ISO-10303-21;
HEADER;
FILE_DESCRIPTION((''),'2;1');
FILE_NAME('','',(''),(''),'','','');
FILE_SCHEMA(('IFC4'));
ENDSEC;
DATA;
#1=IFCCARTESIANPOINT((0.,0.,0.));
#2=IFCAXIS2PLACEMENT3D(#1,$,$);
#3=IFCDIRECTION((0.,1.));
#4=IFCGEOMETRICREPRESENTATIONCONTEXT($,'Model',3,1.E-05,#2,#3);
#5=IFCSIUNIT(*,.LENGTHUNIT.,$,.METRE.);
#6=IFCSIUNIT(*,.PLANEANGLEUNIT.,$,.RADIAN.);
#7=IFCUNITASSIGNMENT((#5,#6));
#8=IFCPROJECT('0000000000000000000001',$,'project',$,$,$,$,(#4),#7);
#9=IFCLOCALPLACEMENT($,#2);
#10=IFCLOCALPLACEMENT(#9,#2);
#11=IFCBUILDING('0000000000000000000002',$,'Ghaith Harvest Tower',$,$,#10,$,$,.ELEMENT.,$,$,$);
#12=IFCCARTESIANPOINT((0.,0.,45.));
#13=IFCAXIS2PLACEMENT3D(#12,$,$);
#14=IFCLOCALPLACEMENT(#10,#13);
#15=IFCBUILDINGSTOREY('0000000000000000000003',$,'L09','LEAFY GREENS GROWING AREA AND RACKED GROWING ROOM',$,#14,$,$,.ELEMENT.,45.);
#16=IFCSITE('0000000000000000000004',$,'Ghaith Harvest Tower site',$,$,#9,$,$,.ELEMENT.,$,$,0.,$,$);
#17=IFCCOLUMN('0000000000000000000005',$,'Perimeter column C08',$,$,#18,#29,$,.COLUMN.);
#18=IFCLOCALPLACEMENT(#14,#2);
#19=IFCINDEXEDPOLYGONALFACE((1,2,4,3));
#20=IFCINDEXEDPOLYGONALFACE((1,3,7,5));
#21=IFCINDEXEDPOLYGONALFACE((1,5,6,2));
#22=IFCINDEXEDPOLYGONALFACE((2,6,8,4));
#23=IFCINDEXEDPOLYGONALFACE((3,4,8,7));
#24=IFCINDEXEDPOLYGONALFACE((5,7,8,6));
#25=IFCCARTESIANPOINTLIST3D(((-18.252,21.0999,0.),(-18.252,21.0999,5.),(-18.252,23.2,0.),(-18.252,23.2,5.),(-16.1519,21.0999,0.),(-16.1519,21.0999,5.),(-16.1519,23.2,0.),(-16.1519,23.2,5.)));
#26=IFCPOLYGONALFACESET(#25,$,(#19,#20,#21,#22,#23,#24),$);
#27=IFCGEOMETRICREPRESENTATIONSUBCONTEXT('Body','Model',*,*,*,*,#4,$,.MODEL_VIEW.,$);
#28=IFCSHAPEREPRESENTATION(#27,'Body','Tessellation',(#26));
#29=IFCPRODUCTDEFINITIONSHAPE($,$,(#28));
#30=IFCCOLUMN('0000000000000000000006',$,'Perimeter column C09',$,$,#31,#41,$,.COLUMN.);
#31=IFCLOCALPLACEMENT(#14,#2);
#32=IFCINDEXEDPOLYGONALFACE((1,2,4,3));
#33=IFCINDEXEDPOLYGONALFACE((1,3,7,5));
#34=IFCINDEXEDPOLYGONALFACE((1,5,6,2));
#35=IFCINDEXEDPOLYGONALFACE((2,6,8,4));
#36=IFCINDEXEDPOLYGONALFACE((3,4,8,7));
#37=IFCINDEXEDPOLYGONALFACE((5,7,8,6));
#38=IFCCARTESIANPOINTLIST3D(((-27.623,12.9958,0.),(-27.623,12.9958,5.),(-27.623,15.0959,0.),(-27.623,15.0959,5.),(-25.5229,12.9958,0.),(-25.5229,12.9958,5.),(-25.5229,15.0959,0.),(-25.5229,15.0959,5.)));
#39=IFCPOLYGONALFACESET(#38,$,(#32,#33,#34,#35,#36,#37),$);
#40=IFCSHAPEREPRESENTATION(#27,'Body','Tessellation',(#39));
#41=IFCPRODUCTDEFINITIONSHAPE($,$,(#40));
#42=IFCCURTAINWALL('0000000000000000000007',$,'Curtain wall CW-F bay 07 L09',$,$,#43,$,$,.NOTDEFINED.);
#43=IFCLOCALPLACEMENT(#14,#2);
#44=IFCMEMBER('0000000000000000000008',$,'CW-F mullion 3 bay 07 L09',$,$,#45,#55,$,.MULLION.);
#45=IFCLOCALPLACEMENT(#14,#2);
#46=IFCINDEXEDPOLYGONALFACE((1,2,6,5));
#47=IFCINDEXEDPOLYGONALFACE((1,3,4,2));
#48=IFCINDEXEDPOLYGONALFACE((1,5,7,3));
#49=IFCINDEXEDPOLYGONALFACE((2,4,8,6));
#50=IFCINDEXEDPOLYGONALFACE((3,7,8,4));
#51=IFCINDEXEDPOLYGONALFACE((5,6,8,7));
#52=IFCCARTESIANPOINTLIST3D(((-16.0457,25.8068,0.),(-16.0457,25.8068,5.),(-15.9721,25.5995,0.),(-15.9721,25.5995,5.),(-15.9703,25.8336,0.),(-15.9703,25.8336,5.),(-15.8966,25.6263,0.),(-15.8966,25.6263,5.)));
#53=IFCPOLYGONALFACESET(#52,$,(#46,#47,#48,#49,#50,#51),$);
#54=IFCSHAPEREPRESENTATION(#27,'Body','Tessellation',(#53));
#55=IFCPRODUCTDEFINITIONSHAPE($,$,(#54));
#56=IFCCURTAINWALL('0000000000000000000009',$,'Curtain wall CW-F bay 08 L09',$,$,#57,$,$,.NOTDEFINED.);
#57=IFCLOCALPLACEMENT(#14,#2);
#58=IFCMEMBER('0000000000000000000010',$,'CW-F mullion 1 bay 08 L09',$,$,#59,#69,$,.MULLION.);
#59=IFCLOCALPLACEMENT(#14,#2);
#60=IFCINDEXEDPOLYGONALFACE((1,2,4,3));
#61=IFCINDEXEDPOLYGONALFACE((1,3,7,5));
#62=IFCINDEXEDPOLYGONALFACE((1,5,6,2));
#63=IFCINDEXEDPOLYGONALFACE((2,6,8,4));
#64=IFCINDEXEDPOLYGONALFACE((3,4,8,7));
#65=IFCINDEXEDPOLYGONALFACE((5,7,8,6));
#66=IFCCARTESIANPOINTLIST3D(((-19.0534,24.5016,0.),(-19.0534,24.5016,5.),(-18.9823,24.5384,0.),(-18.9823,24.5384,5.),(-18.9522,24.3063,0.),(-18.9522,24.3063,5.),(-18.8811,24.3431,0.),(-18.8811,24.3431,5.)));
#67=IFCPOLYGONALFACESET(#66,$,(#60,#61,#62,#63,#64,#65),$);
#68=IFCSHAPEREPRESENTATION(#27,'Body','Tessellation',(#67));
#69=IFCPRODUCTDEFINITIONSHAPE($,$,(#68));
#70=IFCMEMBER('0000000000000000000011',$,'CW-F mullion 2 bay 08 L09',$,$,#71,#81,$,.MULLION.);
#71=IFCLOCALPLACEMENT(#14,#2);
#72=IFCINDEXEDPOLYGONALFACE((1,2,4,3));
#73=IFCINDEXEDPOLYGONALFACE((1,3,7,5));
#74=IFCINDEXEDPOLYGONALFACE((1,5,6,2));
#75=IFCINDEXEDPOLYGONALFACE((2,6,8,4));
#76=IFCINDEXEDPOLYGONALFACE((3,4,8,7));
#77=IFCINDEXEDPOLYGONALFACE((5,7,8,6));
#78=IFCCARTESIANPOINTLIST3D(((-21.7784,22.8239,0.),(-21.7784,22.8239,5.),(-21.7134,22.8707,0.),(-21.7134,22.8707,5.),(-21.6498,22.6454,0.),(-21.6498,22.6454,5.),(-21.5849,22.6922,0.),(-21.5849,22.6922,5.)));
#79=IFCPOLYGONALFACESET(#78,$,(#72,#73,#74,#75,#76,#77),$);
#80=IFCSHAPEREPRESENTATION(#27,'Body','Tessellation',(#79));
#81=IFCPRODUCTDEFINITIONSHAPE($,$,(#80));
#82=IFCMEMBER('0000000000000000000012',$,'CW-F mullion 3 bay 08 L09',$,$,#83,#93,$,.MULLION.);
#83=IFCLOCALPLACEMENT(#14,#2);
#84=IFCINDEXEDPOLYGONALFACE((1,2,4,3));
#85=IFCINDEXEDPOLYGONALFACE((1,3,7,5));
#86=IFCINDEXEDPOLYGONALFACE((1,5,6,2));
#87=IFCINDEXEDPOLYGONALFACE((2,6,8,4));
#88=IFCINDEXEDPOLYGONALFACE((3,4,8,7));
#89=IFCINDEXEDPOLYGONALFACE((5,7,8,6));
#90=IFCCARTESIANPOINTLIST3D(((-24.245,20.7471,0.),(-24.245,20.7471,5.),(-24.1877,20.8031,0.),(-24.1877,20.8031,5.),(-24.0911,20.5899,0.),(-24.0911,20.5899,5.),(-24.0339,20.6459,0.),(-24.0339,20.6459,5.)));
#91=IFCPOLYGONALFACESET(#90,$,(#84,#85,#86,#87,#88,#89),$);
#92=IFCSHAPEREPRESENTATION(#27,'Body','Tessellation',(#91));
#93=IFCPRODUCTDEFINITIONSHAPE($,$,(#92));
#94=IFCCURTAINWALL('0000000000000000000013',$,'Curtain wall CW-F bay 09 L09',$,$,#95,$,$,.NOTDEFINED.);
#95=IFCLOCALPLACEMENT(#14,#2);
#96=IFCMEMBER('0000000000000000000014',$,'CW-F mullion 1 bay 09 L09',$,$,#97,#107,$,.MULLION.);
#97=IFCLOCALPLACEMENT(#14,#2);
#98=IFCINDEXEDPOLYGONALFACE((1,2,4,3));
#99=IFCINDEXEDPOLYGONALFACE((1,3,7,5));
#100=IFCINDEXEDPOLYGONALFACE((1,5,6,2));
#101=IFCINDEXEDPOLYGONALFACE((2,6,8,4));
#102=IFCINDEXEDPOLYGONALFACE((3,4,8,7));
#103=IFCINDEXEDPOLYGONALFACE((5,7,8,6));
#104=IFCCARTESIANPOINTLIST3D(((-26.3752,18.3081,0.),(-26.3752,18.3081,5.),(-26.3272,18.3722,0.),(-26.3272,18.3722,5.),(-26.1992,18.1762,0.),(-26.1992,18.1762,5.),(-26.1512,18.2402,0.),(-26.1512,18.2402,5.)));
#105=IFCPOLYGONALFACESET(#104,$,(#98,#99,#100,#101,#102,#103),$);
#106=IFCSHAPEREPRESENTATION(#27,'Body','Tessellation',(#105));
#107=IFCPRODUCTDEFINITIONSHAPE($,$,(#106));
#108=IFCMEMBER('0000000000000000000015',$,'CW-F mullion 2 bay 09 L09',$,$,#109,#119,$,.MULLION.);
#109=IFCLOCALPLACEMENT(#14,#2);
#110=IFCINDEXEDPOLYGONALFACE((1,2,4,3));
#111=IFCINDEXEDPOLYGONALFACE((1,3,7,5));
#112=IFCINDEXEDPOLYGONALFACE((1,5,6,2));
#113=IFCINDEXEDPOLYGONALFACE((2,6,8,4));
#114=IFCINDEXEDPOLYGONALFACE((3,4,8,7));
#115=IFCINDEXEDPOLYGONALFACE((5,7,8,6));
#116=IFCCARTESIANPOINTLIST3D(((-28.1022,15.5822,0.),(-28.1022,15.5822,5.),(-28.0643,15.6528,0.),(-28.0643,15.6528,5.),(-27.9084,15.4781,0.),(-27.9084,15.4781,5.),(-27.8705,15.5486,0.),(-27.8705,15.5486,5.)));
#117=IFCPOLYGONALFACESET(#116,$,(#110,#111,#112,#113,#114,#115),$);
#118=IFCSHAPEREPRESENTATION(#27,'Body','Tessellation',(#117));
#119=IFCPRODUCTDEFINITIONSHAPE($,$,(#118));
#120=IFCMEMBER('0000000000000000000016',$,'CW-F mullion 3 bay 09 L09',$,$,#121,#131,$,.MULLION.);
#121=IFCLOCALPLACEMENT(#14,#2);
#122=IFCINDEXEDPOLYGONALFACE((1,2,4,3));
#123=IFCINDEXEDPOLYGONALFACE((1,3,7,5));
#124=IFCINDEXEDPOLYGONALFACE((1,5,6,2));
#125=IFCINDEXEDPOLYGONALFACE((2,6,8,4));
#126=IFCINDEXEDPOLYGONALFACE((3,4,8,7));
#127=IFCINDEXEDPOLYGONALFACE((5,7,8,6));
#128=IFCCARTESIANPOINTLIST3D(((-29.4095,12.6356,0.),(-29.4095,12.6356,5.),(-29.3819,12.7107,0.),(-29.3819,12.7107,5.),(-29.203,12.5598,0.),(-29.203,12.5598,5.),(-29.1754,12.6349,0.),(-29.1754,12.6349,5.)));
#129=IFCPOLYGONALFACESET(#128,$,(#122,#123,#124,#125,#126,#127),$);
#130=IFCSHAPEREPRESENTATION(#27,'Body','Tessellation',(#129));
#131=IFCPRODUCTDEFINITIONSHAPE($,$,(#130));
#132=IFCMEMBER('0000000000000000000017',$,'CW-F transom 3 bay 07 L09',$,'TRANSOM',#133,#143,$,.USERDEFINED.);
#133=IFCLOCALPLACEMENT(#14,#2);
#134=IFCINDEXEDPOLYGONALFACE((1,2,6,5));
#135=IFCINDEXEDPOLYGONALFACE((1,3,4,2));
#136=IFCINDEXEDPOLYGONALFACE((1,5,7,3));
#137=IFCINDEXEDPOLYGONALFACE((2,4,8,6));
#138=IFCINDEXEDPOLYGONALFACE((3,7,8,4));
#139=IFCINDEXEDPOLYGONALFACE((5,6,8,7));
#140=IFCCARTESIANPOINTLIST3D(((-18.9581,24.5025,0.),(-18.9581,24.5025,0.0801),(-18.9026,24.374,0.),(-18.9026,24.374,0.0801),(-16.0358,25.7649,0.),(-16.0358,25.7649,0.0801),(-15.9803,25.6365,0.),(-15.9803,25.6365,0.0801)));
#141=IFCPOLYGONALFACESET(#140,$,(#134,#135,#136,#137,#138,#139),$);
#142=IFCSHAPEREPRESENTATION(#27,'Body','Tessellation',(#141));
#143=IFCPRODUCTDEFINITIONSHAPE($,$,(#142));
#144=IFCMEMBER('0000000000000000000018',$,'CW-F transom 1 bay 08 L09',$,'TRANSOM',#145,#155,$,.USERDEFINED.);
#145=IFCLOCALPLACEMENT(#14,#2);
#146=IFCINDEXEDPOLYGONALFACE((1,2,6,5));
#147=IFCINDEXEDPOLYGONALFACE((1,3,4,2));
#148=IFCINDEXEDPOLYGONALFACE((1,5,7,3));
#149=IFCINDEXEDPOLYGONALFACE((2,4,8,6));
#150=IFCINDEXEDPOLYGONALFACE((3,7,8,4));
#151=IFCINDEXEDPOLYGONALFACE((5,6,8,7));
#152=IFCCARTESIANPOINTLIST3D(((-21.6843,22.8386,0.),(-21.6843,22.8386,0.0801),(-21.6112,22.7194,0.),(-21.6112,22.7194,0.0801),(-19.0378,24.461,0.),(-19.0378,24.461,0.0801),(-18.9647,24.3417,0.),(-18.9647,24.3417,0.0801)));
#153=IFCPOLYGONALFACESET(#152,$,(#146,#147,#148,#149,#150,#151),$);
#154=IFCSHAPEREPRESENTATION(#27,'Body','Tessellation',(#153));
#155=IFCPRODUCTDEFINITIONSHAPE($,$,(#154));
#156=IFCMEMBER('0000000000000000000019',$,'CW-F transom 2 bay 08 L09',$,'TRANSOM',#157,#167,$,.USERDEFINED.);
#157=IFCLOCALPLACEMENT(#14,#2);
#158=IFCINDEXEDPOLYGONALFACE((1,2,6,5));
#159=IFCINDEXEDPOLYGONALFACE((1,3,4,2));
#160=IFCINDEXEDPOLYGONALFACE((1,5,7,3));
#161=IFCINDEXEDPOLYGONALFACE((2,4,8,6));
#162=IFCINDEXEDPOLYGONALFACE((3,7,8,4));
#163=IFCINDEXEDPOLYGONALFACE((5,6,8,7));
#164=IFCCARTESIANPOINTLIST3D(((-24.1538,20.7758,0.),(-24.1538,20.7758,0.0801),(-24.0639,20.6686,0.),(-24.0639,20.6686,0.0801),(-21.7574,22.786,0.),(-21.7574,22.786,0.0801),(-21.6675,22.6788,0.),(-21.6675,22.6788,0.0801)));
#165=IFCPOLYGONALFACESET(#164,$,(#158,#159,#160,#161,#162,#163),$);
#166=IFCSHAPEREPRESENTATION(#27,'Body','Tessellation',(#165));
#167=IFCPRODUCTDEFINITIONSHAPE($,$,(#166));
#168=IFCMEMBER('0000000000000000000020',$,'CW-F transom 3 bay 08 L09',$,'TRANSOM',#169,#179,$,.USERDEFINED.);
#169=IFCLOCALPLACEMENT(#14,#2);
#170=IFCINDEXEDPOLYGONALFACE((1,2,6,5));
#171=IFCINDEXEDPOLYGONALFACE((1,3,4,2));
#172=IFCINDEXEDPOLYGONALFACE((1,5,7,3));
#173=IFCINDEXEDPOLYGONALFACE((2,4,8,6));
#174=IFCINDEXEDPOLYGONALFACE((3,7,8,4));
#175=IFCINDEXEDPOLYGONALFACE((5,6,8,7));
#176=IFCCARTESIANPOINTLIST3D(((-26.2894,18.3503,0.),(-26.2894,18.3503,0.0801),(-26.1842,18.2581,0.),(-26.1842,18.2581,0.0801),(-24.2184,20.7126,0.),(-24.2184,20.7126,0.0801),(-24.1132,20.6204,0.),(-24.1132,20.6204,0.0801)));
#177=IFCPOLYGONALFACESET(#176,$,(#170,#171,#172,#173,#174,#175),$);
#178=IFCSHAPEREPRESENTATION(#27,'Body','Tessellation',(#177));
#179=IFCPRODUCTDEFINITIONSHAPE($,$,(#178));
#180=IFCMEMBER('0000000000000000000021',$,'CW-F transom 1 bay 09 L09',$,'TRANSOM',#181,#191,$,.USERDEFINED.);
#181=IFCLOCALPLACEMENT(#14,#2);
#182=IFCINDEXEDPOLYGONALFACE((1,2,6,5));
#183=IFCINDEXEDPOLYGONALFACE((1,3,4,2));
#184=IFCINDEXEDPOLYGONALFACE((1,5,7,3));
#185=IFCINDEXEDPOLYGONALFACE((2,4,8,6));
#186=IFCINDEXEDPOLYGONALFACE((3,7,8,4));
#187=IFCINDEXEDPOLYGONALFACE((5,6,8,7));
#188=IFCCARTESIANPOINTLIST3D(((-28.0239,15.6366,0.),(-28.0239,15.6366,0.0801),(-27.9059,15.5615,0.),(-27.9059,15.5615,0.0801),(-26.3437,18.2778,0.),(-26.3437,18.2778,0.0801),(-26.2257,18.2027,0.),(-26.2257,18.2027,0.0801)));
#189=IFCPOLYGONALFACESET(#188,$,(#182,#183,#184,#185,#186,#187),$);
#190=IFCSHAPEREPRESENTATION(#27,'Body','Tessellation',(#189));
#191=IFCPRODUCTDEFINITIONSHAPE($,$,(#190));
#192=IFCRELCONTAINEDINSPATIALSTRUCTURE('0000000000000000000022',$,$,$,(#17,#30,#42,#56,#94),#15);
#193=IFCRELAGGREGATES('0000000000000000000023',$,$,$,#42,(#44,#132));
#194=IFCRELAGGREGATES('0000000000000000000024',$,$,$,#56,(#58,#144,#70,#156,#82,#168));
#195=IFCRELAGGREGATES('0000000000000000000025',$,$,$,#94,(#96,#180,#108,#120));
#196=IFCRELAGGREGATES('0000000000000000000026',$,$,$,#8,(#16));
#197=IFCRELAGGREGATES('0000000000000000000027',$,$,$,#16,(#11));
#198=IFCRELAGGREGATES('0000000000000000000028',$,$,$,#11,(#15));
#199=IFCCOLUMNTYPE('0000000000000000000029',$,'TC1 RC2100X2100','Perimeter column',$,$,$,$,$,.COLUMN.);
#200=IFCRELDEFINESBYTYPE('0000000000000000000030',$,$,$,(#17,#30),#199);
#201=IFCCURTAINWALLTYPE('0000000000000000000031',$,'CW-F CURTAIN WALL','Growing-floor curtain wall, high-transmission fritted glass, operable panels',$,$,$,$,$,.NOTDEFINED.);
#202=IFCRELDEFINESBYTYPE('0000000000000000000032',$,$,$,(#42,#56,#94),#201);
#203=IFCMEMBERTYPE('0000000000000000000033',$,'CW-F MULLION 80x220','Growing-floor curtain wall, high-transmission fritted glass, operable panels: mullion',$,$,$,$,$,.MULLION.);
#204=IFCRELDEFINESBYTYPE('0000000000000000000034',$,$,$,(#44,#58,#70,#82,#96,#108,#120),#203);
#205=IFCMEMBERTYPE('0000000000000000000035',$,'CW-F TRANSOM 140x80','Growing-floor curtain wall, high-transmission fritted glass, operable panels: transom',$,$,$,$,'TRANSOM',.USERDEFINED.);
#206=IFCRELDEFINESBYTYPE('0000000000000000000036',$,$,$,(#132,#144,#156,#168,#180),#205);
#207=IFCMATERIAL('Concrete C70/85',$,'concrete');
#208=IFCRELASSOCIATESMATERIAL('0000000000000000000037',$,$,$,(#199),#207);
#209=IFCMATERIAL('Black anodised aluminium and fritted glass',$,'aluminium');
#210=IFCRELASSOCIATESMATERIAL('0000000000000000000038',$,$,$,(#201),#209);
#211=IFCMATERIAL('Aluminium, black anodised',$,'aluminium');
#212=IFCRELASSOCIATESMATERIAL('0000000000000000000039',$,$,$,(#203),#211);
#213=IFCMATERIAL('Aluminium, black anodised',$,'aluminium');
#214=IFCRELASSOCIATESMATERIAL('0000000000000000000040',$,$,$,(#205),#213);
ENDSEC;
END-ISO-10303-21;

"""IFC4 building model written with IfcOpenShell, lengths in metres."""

from ifc_helpers import new_model, si_unit, direction, frame, origin, origin_2d, place, context, subcontext, project, spatial, rectangle, extrude, material, material_profile, profile_set, type_object, element, aggregate, save


model = new_model("IFC4")

# Units and contexts
model_context = context("Model", 3, precision=1e-05, world=origin(), true_north=direction((0.0, 1.0)))
body_context = subcontext(model_context, "Body", "Model", "MODEL_VIEW")
ifc_project = project(units=[si_unit("LENGTHUNIT", "METRE"), si_unit("PLANEANGLEUNIT", "RADIAN")], contexts=[model_context])

# Site, building, storey
site_placement = place(None, origin())
site = spatial("IfcSite", under=ifc_project, at=site_placement, Name="Ghaith Harvest Tower site", CompositionType="ELEMENT", RefElevation=0.0)
building_placement = place(site_placement, origin())
building = spatial("IfcBuilding", under=site, at=building_placement, Name="Ghaith Harvest Tower", CompositionType="ELEMENT")
storey_placement = place(building_placement, frame((0.0, 0.0, 45.0)))
storey = spatial("IfcBuildingStorey", under=building, at=storey_placement, Name="L09", Description="LEAFY GREENS GROWING AREA AND RACKED GROWING ROOM", CompositionType="ELEMENT", Elevation=45.0)

# Columns
ifc_material_1 = material(Name="Concrete C70/85", Category="concrete")
ifc_material_profile_1 = material_profile(ifc_material_1, rectangle(XDim=2.1001, YDim=2.1001, at=origin_2d()), Name="RC2100X2100")
ifc_profile_set_1 = profile_set([ifc_material_profile_1], Name="Concrete C70/85")
column_type = type_object("IfcColumnType", Name="TC1 RC2100X2100", Description="Perimeter column", PredefinedType="COLUMN", material=ifc_profile_set_1)
for number, where, z_axis, x_axis, name in (
    (1, (-17.2019, 22.1499, 0.0), (0.0, 0.0, 1.0), (1.0, 0.0, 0.0), "Perimeter column C08"),
    (2, (-26.573, 14.0459, 0.0), (0.0, 0.0, 1.0), (1.0, 0.0, 0.0), "Perimeter column C09"),
):
    element("IfcColumn", number, at=place(storey_placement, frame(where, z_axis=z_axis, x_axis=x_axis)), inside=storey, type_object=column_type, Name=name, PredefinedType="COLUMN", context=body_context, shape_type="SweptSolid", body=[
        extrude(rectangle(XDim=2.1001, YDim=2.1001, at=origin_2d()), origin(), (0.0, 0.0, 1.0), 5.0),
    ])

# Curtain wall, member
ifc_material_2 = material(Name="Black anodised aluminium and fritted glass", Category="aluminium")
curtain_wall_type = type_object("IfcCurtainWallType", Name="CW-F CURTAIN WALL", Description="Growing-floor curtain wall, high-transmission fritted glass, operable panels", PredefinedType="NOTDEFINED", material=ifc_material_2)
curtain_wall_1_placement = place(storey_placement, origin())
curtain_wall_1 = element("IfcCurtainWall", 3, at=curtain_wall_1_placement, inside=storey, type_object=curtain_wall_type, Name="Curtain wall CW-F bay 07 L09", PredefinedType="NOTDEFINED")
ifc_material_3 = material(Name="Aluminium, black anodised", Category="aluminium")
ifc_material_profile_2 = material_profile(ifc_material_3, rectangle(XDim=0.0801, YDim=0.22, at=origin_2d()), Name="CW-F MULLION 80x220")
ifc_profile_set_2 = profile_set([ifc_material_profile_2], Name="Aluminium, black anodised")
member_type_1 = type_object("IfcMemberType", Name="CW-F MULLION 80x220", Description="Growing-floor curtain wall, high-transmission fritted glass, operable panels: mullion", PredefinedType="MULLION", material=ifc_profile_set_2)
member_1_placement = place(storey_placement, frame((-15.9712, 25.7166, 0.0), z_axis=(0.0, 0.0, 1.0), x_axis=(-0.942294, -0.334788, 0.0)))
member_1 = element("IfcMember", 4, at=member_1_placement, type_object=member_type_1, Name="CW-F mullion 3 bay 07 L09", PredefinedType="MULLION", context=body_context, shape_type="SweptSolid", body=[
    extrude(rectangle(XDim=0.0801, YDim=0.22, at=origin_2d()), origin(), (0.0, 0.0, 1.0), 5.0),
])

# Curtain walls, members
curtain_wall_2_placement = place(storey_placement, origin())
curtain_wall_2 = element("IfcCurtainWall", 5, at=curtain_wall_2_placement, inside=storey, type_object=curtain_wall_type, Name="Curtain wall CW-F bay 08 L09", PredefinedType="NOTDEFINED")
member_2_placement = place(storey_placement, frame((-18.9673, 24.4224, 0.0), z_axis=(0.0, 0.0, 1.0), x_axis=(-0.887912, -0.460013, 0.0)))
member_2 = element("IfcMember", 6, at=member_2_placement, type_object=member_type_1, Name="CW-F mullion 1 bay 08 L09", PredefinedType="MULLION", context=body_context, shape_type="SweptSolid", body=[
    extrude(rectangle(XDim=0.0801, YDim=0.22, at=origin_2d()), origin(), (0.0, 0.0, 1.0), 5.0),
])
member_3_placement = place(storey_placement, frame((-21.6816, 22.7581, 0.0), z_axis=(0.0, 0.0, 1.0), x_axis=(-0.811401, -0.58449, 0.0)))
member_3 = element("IfcMember", 7, at=member_3_placement, type_object=member_type_1, Name="CW-F mullion 2 bay 08 L09", PredefinedType="MULLION", context=body_context, shape_type="SweptSolid", body=[
    extrude(rectangle(XDim=0.0801, YDim=0.22, at=origin_2d()), origin(), (0.0, 0.0, 1.0), 5.0),
])
member_4_placement = place(storey_placement, frame((-24.1394, 20.6965, 0.0), z_axis=(0.0, 0.0, 1.0), x_axis=(-0.714663, -0.699469, 0.0)))
member_4 = element("IfcMember", 8, at=member_4_placement, type_object=member_type_1, Name="CW-F mullion 3 bay 08 L09", PredefinedType="MULLION", context=body_context, shape_type="SweptSolid", body=[
    extrude(rectangle(XDim=0.0801, YDim=0.22, at=origin_2d()), origin(), (0.0, 0.0, 1.0), 5.0),
])
curtain_wall_3_placement = place(storey_placement, origin())
curtain_wall_3 = element("IfcCurtainWall", 9, at=curtain_wall_3_placement, inside=storey, type_object=curtain_wall_type, Name="Curtain wall CW-F bay 09 L09", PredefinedType="NOTDEFINED")
member_5_placement = place(storey_placement, frame((-26.2632, 18.2742, 0.0), z_axis=(0.0, 0.0, 1.0), x_axis=(-0.599862, -0.800104, 0.0)))
member_5 = element("IfcMember", 10, at=member_5_placement, type_object=member_type_1, Name="CW-F mullion 1 bay 09 L09", PredefinedType="MULLION", context=body_context, shape_type="SweptSolid", body=[
    extrude(rectangle(XDim=0.0801, YDim=0.22, at=origin_2d()), origin(), (0.0, 0.0, 1.0), 5.0),
])
member_6_placement = place(storey_placement, frame((-27.9863, 15.5654, 0.0), z_axis=(0.0, 0.0, 1.0), x_axis=(-0.473265, -0.88092, 0.0)))
member_6 = element("IfcMember", 11, at=member_6_placement, type_object=member_type_1, Name="CW-F mullion 2 bay 09 L09", PredefinedType="MULLION", context=body_context, shape_type="SweptSolid", body=[
    extrude(rectangle(XDim=0.0801, YDim=0.22, at=origin_2d()), origin(), (0.0, 0.0, 1.0), 5.0),
])
member_7_placement = place(storey_placement, frame((-29.2925, 12.6353, 0.0), z_axis=(0.0, 0.0, 1.0), x_axis=(-0.344618, -0.938743, 0.0)))
member_7 = element("IfcMember", 12, at=member_7_placement, type_object=member_type_1, Name="CW-F mullion 3 bay 09 L09", PredefinedType="MULLION", context=body_context, shape_type="SweptSolid", body=[
    extrude(rectangle(XDim=0.0801, YDim=0.22, at=origin_2d()), origin(), (0.0, 0.0, 1.0), 5.0),
])

# Members
ifc_material_4 = material(Name="Aluminium, black anodised", Category="aluminium")
ifc_material_profile_3 = material_profile(ifc_material_4, rectangle(XDim=0.1399, YDim=0.0801, at=origin_2d()), Name="CW-F TRANSOM 140x80")
ifc_profile_set_3 = profile_set([ifc_material_profile_3], Name="Aluminium, black anodised")
member_type_2 = type_object("IfcMemberType", Name="CW-F TRANSOM 140x80", Description="Growing-floor curtain wall, high-transmission fritted glass, operable panels: transom", ElementType="TRANSOM", PredefinedType="USERDEFINED", material=ifc_profile_set_3)
member_8_placement = place(storey_placement, frame((-16.0081, 25.7007, 0.04), z_axis=(-0.918003, -0.396574, 0.0), x_axis=(0.396574, -0.918003, 0.0)))
member_8 = element("IfcMember", 13, at=member_8_placement, type_object=member_type_2, Name="CW-F transom 3 bay 07 L09", ObjectType="TRANSOM", PredefinedType="USERDEFINED", context=body_context, shape_type="SweptSolid", body=[
    extrude(rectangle(XDim=0.1399, YDim=0.0801, at=origin_2d()), origin(), (0.0, 0.0, 1.0), 3.1833),
])
member_9_placement = place(storey_placement, frame((-19.0012, 24.4014, 0.04), z_axis=(-0.852562, -0.522627, 0.0), x_axis=(0.522627, -0.852562, 0.0)))
member_9 = element("IfcMember", 14, at=member_9_placement, type_object=member_type_2, Name="CW-F transom 1 bay 08 L09", ObjectType="TRANSOM", PredefinedType="USERDEFINED", context=body_context, shape_type="SweptSolid", body=[
    extrude(rectangle(XDim=0.1399, YDim=0.0801, at=origin_2d()), origin(), (0.0, 0.0, 1.0), 3.1042),
])
member_10_placement = place(storey_placement, frame((-21.7124, 22.7324, 0.04), z_axis=(-0.766144, -0.642668, 0.0), x_axis=(0.642668, -0.766144, 0.0)))
member_10 = element("IfcMember", 15, at=member_10_placement, type_object=member_type_2, Name="CW-F transom 2 bay 08 L09", ObjectType="TRANSOM", PredefinedType="USERDEFINED", context=body_context, shape_type="SweptSolid", body=[
    extrude(rectangle(XDim=0.1399, YDim=0.0801, at=origin_2d()), origin(), (0.0, 0.0, 1.0), 3.1279),
])
member_11_placement = place(storey_placement, frame((-24.1658, 20.6665, 0.04), z_axis=(-0.659231, -0.751941, 0.0), x_axis=(0.751941, -0.659231, 0.0)))
member_11 = element("IfcMember", 16, at=member_11_placement, type_object=member_type_2, Name="CW-F transom 3 bay 08 L09", ObjectType="TRANSOM", PredefinedType="USERDEFINED", context=body_context, shape_type="SweptSolid", body=[
    extrude(rectangle(XDim=0.1399, YDim=0.0801, at=origin_2d()), origin(), (0.0, 0.0, 1.0), 3.1416),
])
member_12_placement = place(storey_placement, frame((-26.2847, 18.2402, 0.04), z_axis=(-0.536754, -0.843739, 0.0), x_axis=(0.843739, -0.536754, 0.0)))
member_12 = element("IfcMember", 17, at=member_12_placement, type_object=member_type_2, Name="CW-F transom 1 bay 09 L09", ObjectType="TRANSOM", PredefinedType="USERDEFINED", context=body_context, shape_type="SweptSolid", body=[
    extrude(rectangle(XDim=0.1399, YDim=0.0801, at=origin_2d()), origin(), (0.0, 0.0, 1.0), 3.1304),
])

aggregate(curtain_wall_1, [member_1, member_8])
aggregate(curtain_wall_2, [member_2, member_9, member_3, member_10, member_4, member_11])
aggregate(curtain_wall_3, [member_5, member_12, member_6, member_7])

save(model, "model.ifc")
